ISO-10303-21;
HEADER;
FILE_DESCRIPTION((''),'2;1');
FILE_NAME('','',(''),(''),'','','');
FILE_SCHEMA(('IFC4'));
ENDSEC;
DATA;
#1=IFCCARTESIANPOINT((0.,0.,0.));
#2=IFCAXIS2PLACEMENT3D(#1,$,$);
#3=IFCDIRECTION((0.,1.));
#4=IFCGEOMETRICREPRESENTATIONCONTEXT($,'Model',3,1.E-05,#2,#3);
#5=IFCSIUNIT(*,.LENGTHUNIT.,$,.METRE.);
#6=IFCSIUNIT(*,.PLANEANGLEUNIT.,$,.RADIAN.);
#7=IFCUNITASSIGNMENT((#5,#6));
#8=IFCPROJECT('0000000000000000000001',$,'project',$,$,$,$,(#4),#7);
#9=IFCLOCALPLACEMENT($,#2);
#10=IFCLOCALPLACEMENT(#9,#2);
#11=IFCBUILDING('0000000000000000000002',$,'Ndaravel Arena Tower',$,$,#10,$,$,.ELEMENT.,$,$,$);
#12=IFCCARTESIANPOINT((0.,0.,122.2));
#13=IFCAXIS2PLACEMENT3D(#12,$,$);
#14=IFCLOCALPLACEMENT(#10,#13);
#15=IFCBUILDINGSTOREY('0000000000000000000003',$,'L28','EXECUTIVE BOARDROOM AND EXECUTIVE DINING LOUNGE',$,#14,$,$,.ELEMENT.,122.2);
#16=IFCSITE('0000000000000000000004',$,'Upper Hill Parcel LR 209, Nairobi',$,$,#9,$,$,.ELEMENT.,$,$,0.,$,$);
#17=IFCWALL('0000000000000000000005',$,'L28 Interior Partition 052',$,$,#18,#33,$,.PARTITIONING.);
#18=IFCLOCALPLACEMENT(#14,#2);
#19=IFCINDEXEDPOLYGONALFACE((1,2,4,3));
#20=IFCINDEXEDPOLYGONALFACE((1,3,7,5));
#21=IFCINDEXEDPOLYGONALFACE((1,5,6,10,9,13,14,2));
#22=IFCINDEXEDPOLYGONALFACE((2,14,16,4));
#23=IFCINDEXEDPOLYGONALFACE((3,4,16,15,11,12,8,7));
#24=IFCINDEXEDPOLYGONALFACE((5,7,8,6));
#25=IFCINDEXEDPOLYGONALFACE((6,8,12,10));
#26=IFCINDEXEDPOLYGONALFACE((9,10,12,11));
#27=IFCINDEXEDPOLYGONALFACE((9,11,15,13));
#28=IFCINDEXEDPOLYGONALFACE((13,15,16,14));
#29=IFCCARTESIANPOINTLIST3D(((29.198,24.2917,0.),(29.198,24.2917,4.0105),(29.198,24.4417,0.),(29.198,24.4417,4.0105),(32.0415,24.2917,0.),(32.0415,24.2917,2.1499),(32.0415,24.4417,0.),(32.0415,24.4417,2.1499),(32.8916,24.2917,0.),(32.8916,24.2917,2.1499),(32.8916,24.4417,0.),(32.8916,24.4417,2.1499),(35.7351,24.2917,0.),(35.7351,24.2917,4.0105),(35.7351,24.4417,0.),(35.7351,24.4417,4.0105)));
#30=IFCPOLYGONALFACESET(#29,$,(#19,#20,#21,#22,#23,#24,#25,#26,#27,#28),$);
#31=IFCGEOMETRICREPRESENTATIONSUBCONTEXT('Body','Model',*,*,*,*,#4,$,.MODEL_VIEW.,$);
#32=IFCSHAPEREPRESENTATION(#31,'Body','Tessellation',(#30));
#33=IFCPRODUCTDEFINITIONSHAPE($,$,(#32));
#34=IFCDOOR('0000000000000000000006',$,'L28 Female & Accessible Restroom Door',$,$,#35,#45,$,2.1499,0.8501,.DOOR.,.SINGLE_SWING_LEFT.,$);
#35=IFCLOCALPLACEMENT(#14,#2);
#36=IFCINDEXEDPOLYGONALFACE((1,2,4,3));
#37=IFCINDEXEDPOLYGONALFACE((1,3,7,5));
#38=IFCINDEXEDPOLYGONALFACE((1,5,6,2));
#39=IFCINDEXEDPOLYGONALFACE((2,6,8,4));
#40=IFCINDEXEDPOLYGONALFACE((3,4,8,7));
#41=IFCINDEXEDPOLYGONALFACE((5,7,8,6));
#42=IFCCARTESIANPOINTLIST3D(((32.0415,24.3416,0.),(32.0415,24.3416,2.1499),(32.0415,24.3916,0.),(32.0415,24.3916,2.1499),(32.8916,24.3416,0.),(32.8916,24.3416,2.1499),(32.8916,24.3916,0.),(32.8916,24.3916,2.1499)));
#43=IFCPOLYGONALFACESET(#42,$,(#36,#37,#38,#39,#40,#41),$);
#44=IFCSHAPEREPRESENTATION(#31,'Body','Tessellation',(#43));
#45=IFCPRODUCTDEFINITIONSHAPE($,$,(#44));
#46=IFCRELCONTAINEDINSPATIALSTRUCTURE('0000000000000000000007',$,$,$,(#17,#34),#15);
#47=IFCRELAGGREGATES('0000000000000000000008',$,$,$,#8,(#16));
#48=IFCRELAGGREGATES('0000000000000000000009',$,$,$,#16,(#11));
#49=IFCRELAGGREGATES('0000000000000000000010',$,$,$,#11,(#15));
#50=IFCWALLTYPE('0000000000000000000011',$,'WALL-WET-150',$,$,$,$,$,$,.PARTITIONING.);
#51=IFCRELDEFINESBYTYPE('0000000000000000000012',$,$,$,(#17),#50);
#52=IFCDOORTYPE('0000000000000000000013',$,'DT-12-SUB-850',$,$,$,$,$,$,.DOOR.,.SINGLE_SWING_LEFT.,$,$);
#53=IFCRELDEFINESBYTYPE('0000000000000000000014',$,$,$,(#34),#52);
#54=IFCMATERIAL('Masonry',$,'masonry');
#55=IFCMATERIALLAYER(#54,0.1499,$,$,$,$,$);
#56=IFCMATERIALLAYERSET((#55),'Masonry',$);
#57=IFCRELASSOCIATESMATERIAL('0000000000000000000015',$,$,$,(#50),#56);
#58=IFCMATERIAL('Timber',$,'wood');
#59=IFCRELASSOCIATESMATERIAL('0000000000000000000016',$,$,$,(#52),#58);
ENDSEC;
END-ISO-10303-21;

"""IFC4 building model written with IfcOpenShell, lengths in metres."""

from ifc_helpers import new_model, si_unit, direction, frame, frame_2d, origin, place, context, subcontext, project, spatial, rectangle, extrude, material, layer, layer_set, type_object, element, fill, save


model = new_model("IFC4")

# Units and contexts
model_context = context("Model", 3, precision=1e-05, world=origin(), true_north=direction((0.0, 1.0)))
body_context = subcontext(model_context, "Body", "Model", "MODEL_VIEW")
ifc_project = project(units=[si_unit("LENGTHUNIT", "METRE"), si_unit("PLANEANGLEUNIT", "RADIAN")], contexts=[model_context])

# Site, building, storey
site_placement = place(None, origin())
site = spatial("IfcSite", under=ifc_project, at=site_placement, Name="Upper Hill Parcel LR 209, Nairobi", CompositionType="ELEMENT", RefElevation=0.0)
building_placement = place(site_placement, origin())
building = spatial("IfcBuilding", under=site, at=building_placement, Name="Ndaravel Arena Tower", CompositionType="ELEMENT")
storey_placement = place(building_placement, frame((0.0, 0.0, 122.2)))
storey = spatial("IfcBuildingStorey", under=building, at=storey_placement, Name="L28", Description="EXECUTIVE BOARDROOM AND EXECUTIVE DINING LOUNGE", CompositionType="ELEMENT", Elevation=122.2)

# Shared definitions
ifc_material_1 = material(Name="Masonry", Category="masonry")
ifc_layer_1 = layer(ifc_material_1, 0.1499)
ifc_layer_set_1 = layer_set([ifc_layer_1], Name="Masonry")
wall_type_1 = type_object("IfcWallType", Name="WALL-WET-150", PredefinedType="PARTITIONING", material=ifc_layer_set_1)

# Wall, opening, door
wall_1_placement = place(storey_placement, frame((29.198, 24.3667, 0.0), z_axis=(0.0, 0.0, 1.0), x_axis=(1.0, 0.0, 0.0)))
wall_1 = element("IfcWall", 1, at=wall_1_placement, inside=storey, type_object=wall_type_1, Name="L28 Interior Partition 052", PredefinedType="PARTITIONING", context=body_context, shape_type="SweptSolid", body=[
    extrude(rectangle(XDim=6.5371, YDim=0.1499, at=frame_2d((3.2686, 0.0))), origin(), (0.0, 0.0, 1.0), 4.0105),
])
opening_1_placement = place(wall_1_placement, frame((2.8435, 0.0, 0.0)))
opening_1 = element("IfcOpeningElement", 2, at=opening_1_placement, cuts=wall_1, PredefinedType="OPENING", context=body_context, shape_type="SweptSolid", body=[
    extrude(rectangle(XDim=0.8501, YDim=2.1499, at=frame_2d((0.425, 1.075))), frame((0.0, 0.075, 0.0), z_axis=(0.0, -1.0, 0.0), x_axis=(1.0, 0.0, 0.0)), (0.0, 0.0, 1.0), 0.1499),
])
ifc_material_2 = material(Name="Timber", Category="wood")
door_type_1 = type_object("IfcDoorType", Name="DT-12-SUB-850", OperationType="SINGLE_SWING_LEFT", PredefinedType="DOOR", material=ifc_material_2)
door_1_placement = place(opening_1_placement, origin())
door_1 = element("IfcDoor", 3, at=door_1_placement, inside=storey, type_object=door_type_1, Name="L28 Female & Accessible Restroom Door", OperationType="SINGLE_SWING_LEFT", OverallHeight=2.1499, OverallWidth=0.8501, PredefinedType="DOOR", context=body_context, shape_type="SweptSolid", body=[
    extrude(rectangle(XDim=0.8501, YDim=2.1499, at=frame_2d((0.425, 1.075))), frame((0.0, 0.0249, 0.0), z_axis=(0.0, -1.0, 0.0), x_axis=(1.0, 0.0, 0.0)), (0.0, 0.0, 1.0), 0.05),
])
fill(opening_1, door_1)

save(model, "model.ifc")
